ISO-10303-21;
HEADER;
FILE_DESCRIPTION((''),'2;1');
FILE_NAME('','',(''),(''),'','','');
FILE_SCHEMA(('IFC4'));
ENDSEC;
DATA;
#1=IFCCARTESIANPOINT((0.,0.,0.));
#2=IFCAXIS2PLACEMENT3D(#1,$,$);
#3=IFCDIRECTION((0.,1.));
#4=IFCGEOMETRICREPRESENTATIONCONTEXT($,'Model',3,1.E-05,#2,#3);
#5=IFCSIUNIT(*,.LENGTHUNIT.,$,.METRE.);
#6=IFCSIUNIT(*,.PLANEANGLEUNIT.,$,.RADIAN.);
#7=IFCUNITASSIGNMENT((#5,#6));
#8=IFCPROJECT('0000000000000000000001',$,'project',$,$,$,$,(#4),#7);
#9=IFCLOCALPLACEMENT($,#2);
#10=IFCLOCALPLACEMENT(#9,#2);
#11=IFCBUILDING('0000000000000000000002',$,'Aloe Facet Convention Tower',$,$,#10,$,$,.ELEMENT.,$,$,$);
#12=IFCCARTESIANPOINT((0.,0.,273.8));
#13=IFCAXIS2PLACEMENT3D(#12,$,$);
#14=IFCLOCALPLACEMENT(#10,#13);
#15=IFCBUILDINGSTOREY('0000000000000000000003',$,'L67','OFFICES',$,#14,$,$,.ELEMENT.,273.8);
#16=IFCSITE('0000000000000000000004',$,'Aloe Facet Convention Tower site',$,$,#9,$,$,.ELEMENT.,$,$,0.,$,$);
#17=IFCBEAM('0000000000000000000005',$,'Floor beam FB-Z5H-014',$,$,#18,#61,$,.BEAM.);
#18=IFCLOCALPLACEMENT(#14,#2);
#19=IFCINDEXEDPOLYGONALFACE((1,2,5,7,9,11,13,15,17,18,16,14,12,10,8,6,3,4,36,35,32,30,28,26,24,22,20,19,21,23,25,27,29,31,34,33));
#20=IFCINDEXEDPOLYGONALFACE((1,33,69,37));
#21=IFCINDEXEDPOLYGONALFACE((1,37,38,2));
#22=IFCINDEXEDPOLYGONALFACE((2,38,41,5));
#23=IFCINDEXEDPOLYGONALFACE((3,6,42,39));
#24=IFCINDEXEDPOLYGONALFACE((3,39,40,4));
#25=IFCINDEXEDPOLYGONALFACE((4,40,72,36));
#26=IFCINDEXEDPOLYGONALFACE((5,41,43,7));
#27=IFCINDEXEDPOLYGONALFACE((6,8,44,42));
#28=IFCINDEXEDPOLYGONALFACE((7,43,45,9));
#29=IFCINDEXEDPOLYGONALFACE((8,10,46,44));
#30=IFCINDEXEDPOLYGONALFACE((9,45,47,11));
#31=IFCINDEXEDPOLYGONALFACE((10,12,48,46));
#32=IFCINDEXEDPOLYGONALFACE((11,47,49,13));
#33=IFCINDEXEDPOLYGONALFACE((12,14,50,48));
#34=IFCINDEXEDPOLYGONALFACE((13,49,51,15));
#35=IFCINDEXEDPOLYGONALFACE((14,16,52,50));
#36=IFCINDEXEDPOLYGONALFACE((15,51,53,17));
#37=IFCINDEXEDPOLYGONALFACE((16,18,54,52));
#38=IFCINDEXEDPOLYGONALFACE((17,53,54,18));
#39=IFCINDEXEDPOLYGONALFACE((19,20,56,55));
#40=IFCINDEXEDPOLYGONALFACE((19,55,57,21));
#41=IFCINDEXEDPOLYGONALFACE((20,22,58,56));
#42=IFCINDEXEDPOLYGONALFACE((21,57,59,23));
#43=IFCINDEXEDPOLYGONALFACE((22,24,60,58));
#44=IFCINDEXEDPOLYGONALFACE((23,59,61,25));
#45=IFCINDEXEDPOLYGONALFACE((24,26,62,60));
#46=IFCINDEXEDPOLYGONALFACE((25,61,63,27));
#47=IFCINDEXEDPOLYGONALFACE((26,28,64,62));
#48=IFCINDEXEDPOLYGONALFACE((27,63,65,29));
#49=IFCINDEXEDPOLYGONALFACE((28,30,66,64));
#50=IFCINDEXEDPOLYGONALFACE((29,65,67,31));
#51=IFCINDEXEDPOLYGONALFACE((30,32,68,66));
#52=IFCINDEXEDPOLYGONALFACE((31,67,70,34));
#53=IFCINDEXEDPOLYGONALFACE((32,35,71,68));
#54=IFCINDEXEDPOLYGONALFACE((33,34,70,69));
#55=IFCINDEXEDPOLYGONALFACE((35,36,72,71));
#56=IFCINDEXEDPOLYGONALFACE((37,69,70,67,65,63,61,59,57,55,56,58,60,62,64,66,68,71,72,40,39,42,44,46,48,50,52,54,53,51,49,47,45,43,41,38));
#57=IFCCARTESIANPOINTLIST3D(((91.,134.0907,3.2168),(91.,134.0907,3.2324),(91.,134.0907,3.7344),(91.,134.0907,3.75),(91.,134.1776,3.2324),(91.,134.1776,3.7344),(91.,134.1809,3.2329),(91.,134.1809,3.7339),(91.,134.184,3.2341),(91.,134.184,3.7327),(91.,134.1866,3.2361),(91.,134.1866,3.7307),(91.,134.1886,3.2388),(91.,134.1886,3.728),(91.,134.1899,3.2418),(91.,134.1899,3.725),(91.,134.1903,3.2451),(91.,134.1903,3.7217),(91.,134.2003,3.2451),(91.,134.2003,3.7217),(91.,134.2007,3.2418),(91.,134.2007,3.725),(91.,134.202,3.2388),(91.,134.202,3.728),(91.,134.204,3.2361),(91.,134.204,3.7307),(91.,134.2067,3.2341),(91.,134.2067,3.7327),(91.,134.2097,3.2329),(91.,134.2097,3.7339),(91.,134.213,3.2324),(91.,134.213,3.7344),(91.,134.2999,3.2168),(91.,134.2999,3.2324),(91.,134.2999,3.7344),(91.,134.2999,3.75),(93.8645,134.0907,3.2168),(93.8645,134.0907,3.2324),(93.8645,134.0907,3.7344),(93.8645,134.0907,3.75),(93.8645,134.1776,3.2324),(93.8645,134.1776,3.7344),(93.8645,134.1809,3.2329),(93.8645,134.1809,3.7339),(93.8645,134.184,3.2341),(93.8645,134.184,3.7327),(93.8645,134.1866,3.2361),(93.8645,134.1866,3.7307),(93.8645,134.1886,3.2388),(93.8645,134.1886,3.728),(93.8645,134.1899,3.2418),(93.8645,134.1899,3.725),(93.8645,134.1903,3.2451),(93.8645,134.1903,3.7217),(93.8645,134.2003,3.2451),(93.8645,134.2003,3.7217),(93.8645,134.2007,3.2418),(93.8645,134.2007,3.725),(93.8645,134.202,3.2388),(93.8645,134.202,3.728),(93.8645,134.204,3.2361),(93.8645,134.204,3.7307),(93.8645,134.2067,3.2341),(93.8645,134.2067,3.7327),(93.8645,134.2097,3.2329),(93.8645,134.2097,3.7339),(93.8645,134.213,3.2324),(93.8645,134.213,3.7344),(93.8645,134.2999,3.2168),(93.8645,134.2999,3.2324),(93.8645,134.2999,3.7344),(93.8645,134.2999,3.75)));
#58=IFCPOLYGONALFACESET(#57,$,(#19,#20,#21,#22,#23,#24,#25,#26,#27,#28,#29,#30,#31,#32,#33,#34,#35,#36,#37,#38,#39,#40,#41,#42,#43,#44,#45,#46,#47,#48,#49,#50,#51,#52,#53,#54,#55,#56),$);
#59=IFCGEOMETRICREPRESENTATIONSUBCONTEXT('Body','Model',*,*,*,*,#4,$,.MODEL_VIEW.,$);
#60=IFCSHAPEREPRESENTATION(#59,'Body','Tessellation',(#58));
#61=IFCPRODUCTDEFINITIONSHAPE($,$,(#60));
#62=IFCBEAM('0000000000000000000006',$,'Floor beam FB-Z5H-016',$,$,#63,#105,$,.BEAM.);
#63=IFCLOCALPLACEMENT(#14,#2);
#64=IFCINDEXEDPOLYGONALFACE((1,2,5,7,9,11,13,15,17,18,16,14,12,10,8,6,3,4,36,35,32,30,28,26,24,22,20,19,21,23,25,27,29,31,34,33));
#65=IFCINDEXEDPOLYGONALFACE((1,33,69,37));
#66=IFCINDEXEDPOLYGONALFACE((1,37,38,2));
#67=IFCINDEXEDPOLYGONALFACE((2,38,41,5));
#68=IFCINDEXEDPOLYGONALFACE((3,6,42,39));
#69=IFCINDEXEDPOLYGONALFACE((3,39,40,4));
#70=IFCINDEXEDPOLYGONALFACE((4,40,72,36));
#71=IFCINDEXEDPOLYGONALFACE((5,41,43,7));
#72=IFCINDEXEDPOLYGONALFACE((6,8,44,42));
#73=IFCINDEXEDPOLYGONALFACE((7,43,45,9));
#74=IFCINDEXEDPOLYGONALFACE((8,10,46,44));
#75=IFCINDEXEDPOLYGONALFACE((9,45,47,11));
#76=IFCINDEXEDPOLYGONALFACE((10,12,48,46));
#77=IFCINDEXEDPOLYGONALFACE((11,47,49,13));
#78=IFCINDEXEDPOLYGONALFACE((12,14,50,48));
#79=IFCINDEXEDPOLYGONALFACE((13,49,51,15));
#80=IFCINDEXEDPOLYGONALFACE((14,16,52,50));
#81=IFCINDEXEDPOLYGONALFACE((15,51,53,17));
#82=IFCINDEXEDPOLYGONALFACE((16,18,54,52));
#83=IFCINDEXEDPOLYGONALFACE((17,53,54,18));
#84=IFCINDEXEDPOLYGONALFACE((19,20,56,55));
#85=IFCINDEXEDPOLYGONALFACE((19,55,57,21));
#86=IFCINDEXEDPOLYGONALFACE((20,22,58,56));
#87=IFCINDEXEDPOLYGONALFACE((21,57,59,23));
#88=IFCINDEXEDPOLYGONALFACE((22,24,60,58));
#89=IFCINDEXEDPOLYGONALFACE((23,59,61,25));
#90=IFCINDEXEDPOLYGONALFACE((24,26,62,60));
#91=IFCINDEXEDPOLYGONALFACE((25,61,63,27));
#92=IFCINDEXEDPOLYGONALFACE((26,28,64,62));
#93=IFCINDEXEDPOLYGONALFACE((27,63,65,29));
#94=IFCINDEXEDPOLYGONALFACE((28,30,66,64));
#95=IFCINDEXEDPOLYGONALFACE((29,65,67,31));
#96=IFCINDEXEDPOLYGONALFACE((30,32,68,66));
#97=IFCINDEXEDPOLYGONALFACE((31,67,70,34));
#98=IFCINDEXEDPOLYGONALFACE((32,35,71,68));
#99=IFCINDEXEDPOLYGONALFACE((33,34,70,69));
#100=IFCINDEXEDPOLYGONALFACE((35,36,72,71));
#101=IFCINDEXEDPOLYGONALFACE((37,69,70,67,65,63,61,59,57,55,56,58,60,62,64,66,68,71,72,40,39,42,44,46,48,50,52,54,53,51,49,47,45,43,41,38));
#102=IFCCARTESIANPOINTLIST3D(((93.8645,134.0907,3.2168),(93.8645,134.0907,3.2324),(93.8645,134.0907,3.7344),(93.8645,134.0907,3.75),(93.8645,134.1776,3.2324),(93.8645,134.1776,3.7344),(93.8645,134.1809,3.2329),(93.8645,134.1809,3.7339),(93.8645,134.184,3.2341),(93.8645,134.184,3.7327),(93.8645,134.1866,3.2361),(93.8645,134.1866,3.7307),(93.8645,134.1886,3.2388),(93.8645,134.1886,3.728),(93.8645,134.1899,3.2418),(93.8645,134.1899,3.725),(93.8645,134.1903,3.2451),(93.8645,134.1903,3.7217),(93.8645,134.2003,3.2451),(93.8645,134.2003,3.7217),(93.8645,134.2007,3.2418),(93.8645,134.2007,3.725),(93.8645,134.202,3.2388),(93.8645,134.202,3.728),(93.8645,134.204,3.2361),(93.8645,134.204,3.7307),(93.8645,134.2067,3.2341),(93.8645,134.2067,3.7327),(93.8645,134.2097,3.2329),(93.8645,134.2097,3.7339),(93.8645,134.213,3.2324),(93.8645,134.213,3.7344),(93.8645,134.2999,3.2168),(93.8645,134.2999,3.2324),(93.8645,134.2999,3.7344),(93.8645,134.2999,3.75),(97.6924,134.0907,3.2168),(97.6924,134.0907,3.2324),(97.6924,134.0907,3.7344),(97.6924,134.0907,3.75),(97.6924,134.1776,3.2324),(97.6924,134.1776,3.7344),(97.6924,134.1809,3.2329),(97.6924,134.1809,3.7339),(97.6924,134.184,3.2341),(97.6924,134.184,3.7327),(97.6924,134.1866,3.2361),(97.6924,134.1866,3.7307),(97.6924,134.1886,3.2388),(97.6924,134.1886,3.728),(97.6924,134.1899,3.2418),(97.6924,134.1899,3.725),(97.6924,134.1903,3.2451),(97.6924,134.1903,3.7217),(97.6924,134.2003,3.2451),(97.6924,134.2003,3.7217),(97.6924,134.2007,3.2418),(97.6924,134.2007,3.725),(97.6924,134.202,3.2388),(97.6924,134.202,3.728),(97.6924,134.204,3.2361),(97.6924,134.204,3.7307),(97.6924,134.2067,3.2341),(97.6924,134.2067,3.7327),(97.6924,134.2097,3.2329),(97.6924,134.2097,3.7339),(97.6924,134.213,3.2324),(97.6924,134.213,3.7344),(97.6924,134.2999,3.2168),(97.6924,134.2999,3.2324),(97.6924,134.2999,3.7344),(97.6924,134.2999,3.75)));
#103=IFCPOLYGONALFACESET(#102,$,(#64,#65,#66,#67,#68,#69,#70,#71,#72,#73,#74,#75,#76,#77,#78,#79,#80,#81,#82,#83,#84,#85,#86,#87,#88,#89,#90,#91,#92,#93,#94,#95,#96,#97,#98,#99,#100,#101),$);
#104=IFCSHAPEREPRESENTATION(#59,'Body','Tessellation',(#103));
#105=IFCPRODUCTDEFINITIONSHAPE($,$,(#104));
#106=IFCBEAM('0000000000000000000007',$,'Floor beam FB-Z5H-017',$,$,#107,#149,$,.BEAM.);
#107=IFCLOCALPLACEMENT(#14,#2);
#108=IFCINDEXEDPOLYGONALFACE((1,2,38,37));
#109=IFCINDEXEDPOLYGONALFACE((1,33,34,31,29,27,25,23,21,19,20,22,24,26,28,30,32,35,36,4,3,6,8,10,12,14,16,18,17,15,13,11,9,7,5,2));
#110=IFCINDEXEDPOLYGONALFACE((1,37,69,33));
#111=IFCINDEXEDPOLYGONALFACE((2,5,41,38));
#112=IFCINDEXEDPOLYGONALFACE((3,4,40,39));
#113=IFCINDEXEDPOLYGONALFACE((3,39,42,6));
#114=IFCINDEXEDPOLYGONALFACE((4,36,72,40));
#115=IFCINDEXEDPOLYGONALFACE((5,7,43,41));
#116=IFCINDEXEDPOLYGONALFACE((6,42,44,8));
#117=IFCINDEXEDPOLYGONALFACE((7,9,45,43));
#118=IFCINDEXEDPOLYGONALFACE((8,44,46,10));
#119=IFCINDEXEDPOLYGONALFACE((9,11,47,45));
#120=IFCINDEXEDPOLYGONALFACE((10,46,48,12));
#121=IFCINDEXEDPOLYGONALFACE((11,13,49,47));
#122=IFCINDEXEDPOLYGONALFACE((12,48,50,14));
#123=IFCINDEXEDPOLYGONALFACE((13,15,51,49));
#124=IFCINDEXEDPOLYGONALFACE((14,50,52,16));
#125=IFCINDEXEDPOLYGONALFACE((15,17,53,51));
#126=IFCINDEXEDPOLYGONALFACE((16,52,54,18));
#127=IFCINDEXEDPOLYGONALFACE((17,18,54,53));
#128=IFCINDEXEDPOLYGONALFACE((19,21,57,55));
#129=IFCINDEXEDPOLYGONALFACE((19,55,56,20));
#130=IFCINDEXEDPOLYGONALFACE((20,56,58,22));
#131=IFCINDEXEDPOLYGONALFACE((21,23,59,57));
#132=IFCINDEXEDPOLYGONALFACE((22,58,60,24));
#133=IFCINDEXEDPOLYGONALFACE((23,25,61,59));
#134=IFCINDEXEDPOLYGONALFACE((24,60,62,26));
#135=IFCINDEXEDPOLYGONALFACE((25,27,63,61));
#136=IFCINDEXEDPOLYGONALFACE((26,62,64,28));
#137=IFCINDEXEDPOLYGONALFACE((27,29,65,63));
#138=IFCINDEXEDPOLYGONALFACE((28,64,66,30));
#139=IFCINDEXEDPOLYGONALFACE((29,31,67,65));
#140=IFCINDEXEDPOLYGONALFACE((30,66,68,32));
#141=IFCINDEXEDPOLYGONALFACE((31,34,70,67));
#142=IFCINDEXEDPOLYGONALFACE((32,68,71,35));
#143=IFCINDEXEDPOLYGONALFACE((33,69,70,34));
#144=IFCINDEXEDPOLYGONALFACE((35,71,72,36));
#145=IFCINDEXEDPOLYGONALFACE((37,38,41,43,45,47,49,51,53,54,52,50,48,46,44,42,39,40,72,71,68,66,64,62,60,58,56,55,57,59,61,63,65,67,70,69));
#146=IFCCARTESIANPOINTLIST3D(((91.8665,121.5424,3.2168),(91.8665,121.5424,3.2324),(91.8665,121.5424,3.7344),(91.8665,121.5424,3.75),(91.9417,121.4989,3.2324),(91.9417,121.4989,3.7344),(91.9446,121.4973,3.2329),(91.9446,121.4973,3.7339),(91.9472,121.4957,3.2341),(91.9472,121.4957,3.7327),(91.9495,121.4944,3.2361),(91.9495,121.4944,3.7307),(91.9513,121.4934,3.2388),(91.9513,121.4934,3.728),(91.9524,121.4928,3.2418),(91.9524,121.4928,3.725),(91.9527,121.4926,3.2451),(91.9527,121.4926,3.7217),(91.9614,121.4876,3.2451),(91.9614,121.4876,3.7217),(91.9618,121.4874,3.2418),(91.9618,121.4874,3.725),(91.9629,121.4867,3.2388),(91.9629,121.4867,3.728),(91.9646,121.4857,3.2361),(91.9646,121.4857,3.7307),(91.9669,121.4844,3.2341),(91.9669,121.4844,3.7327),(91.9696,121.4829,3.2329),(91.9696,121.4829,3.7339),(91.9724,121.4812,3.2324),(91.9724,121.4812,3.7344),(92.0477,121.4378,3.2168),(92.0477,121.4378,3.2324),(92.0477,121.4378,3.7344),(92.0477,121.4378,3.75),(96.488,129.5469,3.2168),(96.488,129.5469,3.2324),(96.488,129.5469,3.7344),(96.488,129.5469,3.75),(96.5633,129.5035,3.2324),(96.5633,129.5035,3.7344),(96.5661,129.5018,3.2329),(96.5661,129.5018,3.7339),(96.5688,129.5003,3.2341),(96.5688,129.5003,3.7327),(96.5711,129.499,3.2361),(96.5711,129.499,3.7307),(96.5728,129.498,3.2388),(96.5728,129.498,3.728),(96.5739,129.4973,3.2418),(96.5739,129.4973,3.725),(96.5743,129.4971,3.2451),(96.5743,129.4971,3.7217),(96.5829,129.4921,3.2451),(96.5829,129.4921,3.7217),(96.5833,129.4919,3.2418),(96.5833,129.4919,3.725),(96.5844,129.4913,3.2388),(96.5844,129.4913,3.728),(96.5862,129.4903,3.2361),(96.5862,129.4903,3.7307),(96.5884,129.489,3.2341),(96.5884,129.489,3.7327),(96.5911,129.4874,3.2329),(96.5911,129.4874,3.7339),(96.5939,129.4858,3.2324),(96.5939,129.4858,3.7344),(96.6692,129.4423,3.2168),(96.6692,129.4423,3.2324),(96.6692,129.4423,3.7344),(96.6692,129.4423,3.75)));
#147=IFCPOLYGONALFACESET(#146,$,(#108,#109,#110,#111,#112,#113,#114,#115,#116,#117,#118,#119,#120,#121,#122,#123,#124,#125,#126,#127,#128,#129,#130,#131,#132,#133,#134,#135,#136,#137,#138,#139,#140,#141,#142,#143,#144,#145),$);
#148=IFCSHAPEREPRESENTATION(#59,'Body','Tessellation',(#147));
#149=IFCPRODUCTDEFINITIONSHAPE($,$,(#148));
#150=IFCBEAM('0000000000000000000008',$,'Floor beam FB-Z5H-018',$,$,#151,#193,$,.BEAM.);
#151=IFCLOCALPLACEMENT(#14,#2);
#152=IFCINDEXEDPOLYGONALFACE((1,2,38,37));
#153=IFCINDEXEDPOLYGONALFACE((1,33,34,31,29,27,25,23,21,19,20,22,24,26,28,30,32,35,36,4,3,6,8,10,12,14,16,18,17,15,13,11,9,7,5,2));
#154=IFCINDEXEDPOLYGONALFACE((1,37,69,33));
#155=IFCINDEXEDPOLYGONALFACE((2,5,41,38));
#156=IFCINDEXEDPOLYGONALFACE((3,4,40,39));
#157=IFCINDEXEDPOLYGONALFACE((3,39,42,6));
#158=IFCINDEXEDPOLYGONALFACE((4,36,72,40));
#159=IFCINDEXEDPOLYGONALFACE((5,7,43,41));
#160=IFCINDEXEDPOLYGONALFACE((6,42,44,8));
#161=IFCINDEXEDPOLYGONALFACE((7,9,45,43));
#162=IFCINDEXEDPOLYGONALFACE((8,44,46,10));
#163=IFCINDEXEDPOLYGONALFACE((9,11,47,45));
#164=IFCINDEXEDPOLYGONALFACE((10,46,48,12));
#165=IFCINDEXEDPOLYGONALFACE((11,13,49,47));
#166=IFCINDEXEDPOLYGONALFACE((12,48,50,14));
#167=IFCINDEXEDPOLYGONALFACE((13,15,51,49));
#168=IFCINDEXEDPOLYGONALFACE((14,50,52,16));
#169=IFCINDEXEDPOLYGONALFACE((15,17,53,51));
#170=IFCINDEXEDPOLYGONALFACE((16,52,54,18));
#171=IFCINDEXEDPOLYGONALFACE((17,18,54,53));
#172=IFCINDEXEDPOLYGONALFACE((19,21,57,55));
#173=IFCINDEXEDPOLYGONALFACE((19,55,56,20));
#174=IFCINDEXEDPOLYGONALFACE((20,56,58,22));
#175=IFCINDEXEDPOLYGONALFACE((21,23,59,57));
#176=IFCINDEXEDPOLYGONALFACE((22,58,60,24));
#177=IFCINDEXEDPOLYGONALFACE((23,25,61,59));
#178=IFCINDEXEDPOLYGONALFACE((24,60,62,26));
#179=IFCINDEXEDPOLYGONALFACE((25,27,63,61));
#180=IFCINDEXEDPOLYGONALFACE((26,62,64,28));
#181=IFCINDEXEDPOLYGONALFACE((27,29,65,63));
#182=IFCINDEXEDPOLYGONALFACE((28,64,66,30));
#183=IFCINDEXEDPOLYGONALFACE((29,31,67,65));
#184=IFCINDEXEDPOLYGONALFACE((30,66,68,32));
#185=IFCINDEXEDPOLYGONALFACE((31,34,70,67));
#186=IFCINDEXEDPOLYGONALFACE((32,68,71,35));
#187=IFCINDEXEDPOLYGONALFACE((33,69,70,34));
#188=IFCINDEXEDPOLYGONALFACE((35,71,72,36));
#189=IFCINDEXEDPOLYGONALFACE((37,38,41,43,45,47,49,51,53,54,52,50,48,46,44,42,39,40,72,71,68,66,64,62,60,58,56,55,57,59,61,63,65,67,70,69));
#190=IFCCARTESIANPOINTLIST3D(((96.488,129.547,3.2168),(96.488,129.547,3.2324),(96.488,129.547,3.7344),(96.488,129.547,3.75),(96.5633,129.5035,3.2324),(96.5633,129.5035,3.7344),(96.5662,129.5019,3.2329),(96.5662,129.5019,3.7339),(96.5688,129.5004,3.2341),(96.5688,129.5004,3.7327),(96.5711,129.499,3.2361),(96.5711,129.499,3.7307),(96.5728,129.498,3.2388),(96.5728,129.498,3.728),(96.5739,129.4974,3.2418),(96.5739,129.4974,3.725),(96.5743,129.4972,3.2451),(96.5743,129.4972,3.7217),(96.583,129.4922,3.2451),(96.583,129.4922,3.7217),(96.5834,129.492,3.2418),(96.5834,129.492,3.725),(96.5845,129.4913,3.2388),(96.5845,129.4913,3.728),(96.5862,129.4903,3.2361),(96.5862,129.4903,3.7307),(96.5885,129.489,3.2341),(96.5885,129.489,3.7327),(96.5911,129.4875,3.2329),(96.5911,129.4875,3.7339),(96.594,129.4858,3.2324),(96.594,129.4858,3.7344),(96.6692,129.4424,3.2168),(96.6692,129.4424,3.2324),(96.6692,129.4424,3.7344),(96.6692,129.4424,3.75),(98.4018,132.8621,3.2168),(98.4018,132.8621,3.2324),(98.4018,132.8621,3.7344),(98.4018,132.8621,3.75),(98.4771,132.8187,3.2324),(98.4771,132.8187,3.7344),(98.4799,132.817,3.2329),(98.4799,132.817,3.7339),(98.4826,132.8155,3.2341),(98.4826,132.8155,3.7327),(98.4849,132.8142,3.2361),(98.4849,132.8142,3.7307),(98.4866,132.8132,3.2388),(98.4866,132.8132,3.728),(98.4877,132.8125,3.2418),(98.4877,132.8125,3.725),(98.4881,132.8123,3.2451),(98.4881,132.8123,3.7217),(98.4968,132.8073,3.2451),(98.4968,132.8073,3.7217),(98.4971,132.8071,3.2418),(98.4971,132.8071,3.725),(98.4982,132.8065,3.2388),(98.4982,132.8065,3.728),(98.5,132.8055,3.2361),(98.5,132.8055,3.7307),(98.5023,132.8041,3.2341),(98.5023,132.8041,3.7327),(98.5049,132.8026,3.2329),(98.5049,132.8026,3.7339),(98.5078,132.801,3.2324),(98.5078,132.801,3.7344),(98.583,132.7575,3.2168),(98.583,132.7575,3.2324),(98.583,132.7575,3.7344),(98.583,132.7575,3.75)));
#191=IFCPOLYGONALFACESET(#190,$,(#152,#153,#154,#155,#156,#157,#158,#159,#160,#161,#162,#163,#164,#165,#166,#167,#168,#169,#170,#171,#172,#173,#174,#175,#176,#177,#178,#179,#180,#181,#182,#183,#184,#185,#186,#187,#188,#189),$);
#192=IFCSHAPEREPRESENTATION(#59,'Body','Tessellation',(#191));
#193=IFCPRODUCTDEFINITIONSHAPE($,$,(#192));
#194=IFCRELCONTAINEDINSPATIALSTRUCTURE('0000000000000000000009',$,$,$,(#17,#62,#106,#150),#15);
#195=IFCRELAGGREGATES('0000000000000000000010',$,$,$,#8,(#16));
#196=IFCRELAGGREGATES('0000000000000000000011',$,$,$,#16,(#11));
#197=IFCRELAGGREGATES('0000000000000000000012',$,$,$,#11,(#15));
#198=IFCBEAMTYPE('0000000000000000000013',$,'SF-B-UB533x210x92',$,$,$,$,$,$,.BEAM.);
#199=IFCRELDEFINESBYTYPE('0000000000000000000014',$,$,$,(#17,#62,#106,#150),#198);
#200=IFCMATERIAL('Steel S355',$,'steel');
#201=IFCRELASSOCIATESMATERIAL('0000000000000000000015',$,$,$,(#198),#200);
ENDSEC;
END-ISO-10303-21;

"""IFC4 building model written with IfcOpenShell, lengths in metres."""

from ifc_helpers import new_model, si_unit, direction, frame, origin, origin_2d, place, context, subcontext, project, spatial, i_section, extrude, material, material_profile, profile_set, type_object, element, save


model = new_model("IFC4")

# Units and contexts
model_context = context("Model", 3, precision=1e-05, world=origin(), true_north=direction((0.0, 1.0)))
body_context = subcontext(model_context, "Body", "Model", "MODEL_VIEW")
ifc_project = project(units=[si_unit("LENGTHUNIT", "METRE"), si_unit("PLANEANGLEUNIT", "RADIAN")], contexts=[model_context])

# Site, building, storey
site_placement = place(None, origin())
site = spatial("IfcSite", under=ifc_project, at=site_placement, Name="Aloe Facet Convention Tower site", CompositionType="ELEMENT", RefElevation=0.0)
building_placement = place(site_placement, origin())
building = spatial("IfcBuilding", under=site, at=building_placement, Name="Aloe Facet Convention Tower", CompositionType="ELEMENT")
storey_placement = place(building_placement, frame((0.0, 0.0, 273.8)))
storey = spatial("IfcBuildingStorey", under=building, at=storey_placement, Name="L67", Description="OFFICES", CompositionType="ELEMENT", Elevation=273.8)

# Beams
ifc_material_1 = material(Name="Steel S355", Category="steel")
ifc_material_profile_1 = material_profile(ifc_material_1, i_section(OverallWidth=0.2092, OverallDepth=0.5332, WebThickness=0.01, FlangeThickness=0.0156, FilletRadius=0.0127, at=origin_2d()), Name="UB 533x210x92")
ifc_profile_set_1 = profile_set([ifc_material_profile_1], Name="Steel S355")
beam_type_1 = type_object("IfcBeamType", Name="SF-B-UB533x210x92", PredefinedType="BEAM", material=ifc_profile_set_1)
beam_1_placement = place(storey_placement, frame((91.0, 134.1953, 3.4834), z_axis=(1.0, 0.0, 0.0), x_axis=(0.0, 1.0, 0.0)))
element("IfcBeam", 1, at=beam_1_placement, inside=storey, type_object=beam_type_1, Name="Floor beam FB-Z5H-014", PredefinedType="BEAM", context=body_context, shape_type="SweptSolid", body=[
    extrude(i_section(OverallWidth=0.2092, OverallDepth=0.5332, WebThickness=0.01, FlangeThickness=0.0156, FilletRadius=0.0127, at=origin_2d()), origin(), (0.0, 0.0, 1.0), 2.8645),
])
beam_2_placement = place(storey_placement, frame((93.8645, 134.1953, 3.4834), z_axis=(1.0, 0.0, 0.0), x_axis=(0.0, 1.0, 0.0)))
element("IfcBeam", 2, at=beam_2_placement, inside=storey, type_object=beam_type_1, Name="Floor beam FB-Z5H-016", PredefinedType="BEAM", context=body_context, shape_type="SweptSolid", body=[
    extrude(i_section(OverallWidth=0.2092, OverallDepth=0.5332, WebThickness=0.01, FlangeThickness=0.0156, FilletRadius=0.0127, at=origin_2d()), origin(), (0.0, 0.0, 1.0), 3.8279),
])
beam_3_placement = place(storey_placement, frame((96.5786, 129.4946, 3.4834), z_axis=(-0.500008, -0.866021, 0.0), x_axis=(0.866021, -0.500008, 0.0)))
element("IfcBeam", 3, at=beam_3_placement, inside=storey, type_object=beam_type_1, Name="Floor beam FB-Z5H-017", PredefinedType="BEAM", context=body_context, shape_type="SweptSolid", body=[
    extrude(i_section(OverallWidth=0.2092, OverallDepth=0.5332, WebThickness=0.01, FlangeThickness=0.0156, FilletRadius=0.0127, at=origin_2d()), origin(), (0.0, 0.0, 1.0), 9.2429),
])
beam_4_placement = place(storey_placement, frame((98.4924, 132.8098, 3.4834), z_axis=(-0.49996, -0.866049, 0.0), x_axis=(0.866049, -0.49996, 0.0)))
element("IfcBeam", 4, at=beam_4_placement, inside=storey, type_object=beam_type_1, Name="Floor beam FB-Z5H-018", PredefinedType="BEAM", context=body_context, shape_type="SweptSolid", body=[
    extrude(i_section(OverallWidth=0.2092, OverallDepth=0.5332, WebThickness=0.01, FlangeThickness=0.0156, FilletRadius=0.0127, at=origin_2d()), origin(), (0.0, 0.0, 1.0), 3.8279),
])

save(model, "model.ifc")
